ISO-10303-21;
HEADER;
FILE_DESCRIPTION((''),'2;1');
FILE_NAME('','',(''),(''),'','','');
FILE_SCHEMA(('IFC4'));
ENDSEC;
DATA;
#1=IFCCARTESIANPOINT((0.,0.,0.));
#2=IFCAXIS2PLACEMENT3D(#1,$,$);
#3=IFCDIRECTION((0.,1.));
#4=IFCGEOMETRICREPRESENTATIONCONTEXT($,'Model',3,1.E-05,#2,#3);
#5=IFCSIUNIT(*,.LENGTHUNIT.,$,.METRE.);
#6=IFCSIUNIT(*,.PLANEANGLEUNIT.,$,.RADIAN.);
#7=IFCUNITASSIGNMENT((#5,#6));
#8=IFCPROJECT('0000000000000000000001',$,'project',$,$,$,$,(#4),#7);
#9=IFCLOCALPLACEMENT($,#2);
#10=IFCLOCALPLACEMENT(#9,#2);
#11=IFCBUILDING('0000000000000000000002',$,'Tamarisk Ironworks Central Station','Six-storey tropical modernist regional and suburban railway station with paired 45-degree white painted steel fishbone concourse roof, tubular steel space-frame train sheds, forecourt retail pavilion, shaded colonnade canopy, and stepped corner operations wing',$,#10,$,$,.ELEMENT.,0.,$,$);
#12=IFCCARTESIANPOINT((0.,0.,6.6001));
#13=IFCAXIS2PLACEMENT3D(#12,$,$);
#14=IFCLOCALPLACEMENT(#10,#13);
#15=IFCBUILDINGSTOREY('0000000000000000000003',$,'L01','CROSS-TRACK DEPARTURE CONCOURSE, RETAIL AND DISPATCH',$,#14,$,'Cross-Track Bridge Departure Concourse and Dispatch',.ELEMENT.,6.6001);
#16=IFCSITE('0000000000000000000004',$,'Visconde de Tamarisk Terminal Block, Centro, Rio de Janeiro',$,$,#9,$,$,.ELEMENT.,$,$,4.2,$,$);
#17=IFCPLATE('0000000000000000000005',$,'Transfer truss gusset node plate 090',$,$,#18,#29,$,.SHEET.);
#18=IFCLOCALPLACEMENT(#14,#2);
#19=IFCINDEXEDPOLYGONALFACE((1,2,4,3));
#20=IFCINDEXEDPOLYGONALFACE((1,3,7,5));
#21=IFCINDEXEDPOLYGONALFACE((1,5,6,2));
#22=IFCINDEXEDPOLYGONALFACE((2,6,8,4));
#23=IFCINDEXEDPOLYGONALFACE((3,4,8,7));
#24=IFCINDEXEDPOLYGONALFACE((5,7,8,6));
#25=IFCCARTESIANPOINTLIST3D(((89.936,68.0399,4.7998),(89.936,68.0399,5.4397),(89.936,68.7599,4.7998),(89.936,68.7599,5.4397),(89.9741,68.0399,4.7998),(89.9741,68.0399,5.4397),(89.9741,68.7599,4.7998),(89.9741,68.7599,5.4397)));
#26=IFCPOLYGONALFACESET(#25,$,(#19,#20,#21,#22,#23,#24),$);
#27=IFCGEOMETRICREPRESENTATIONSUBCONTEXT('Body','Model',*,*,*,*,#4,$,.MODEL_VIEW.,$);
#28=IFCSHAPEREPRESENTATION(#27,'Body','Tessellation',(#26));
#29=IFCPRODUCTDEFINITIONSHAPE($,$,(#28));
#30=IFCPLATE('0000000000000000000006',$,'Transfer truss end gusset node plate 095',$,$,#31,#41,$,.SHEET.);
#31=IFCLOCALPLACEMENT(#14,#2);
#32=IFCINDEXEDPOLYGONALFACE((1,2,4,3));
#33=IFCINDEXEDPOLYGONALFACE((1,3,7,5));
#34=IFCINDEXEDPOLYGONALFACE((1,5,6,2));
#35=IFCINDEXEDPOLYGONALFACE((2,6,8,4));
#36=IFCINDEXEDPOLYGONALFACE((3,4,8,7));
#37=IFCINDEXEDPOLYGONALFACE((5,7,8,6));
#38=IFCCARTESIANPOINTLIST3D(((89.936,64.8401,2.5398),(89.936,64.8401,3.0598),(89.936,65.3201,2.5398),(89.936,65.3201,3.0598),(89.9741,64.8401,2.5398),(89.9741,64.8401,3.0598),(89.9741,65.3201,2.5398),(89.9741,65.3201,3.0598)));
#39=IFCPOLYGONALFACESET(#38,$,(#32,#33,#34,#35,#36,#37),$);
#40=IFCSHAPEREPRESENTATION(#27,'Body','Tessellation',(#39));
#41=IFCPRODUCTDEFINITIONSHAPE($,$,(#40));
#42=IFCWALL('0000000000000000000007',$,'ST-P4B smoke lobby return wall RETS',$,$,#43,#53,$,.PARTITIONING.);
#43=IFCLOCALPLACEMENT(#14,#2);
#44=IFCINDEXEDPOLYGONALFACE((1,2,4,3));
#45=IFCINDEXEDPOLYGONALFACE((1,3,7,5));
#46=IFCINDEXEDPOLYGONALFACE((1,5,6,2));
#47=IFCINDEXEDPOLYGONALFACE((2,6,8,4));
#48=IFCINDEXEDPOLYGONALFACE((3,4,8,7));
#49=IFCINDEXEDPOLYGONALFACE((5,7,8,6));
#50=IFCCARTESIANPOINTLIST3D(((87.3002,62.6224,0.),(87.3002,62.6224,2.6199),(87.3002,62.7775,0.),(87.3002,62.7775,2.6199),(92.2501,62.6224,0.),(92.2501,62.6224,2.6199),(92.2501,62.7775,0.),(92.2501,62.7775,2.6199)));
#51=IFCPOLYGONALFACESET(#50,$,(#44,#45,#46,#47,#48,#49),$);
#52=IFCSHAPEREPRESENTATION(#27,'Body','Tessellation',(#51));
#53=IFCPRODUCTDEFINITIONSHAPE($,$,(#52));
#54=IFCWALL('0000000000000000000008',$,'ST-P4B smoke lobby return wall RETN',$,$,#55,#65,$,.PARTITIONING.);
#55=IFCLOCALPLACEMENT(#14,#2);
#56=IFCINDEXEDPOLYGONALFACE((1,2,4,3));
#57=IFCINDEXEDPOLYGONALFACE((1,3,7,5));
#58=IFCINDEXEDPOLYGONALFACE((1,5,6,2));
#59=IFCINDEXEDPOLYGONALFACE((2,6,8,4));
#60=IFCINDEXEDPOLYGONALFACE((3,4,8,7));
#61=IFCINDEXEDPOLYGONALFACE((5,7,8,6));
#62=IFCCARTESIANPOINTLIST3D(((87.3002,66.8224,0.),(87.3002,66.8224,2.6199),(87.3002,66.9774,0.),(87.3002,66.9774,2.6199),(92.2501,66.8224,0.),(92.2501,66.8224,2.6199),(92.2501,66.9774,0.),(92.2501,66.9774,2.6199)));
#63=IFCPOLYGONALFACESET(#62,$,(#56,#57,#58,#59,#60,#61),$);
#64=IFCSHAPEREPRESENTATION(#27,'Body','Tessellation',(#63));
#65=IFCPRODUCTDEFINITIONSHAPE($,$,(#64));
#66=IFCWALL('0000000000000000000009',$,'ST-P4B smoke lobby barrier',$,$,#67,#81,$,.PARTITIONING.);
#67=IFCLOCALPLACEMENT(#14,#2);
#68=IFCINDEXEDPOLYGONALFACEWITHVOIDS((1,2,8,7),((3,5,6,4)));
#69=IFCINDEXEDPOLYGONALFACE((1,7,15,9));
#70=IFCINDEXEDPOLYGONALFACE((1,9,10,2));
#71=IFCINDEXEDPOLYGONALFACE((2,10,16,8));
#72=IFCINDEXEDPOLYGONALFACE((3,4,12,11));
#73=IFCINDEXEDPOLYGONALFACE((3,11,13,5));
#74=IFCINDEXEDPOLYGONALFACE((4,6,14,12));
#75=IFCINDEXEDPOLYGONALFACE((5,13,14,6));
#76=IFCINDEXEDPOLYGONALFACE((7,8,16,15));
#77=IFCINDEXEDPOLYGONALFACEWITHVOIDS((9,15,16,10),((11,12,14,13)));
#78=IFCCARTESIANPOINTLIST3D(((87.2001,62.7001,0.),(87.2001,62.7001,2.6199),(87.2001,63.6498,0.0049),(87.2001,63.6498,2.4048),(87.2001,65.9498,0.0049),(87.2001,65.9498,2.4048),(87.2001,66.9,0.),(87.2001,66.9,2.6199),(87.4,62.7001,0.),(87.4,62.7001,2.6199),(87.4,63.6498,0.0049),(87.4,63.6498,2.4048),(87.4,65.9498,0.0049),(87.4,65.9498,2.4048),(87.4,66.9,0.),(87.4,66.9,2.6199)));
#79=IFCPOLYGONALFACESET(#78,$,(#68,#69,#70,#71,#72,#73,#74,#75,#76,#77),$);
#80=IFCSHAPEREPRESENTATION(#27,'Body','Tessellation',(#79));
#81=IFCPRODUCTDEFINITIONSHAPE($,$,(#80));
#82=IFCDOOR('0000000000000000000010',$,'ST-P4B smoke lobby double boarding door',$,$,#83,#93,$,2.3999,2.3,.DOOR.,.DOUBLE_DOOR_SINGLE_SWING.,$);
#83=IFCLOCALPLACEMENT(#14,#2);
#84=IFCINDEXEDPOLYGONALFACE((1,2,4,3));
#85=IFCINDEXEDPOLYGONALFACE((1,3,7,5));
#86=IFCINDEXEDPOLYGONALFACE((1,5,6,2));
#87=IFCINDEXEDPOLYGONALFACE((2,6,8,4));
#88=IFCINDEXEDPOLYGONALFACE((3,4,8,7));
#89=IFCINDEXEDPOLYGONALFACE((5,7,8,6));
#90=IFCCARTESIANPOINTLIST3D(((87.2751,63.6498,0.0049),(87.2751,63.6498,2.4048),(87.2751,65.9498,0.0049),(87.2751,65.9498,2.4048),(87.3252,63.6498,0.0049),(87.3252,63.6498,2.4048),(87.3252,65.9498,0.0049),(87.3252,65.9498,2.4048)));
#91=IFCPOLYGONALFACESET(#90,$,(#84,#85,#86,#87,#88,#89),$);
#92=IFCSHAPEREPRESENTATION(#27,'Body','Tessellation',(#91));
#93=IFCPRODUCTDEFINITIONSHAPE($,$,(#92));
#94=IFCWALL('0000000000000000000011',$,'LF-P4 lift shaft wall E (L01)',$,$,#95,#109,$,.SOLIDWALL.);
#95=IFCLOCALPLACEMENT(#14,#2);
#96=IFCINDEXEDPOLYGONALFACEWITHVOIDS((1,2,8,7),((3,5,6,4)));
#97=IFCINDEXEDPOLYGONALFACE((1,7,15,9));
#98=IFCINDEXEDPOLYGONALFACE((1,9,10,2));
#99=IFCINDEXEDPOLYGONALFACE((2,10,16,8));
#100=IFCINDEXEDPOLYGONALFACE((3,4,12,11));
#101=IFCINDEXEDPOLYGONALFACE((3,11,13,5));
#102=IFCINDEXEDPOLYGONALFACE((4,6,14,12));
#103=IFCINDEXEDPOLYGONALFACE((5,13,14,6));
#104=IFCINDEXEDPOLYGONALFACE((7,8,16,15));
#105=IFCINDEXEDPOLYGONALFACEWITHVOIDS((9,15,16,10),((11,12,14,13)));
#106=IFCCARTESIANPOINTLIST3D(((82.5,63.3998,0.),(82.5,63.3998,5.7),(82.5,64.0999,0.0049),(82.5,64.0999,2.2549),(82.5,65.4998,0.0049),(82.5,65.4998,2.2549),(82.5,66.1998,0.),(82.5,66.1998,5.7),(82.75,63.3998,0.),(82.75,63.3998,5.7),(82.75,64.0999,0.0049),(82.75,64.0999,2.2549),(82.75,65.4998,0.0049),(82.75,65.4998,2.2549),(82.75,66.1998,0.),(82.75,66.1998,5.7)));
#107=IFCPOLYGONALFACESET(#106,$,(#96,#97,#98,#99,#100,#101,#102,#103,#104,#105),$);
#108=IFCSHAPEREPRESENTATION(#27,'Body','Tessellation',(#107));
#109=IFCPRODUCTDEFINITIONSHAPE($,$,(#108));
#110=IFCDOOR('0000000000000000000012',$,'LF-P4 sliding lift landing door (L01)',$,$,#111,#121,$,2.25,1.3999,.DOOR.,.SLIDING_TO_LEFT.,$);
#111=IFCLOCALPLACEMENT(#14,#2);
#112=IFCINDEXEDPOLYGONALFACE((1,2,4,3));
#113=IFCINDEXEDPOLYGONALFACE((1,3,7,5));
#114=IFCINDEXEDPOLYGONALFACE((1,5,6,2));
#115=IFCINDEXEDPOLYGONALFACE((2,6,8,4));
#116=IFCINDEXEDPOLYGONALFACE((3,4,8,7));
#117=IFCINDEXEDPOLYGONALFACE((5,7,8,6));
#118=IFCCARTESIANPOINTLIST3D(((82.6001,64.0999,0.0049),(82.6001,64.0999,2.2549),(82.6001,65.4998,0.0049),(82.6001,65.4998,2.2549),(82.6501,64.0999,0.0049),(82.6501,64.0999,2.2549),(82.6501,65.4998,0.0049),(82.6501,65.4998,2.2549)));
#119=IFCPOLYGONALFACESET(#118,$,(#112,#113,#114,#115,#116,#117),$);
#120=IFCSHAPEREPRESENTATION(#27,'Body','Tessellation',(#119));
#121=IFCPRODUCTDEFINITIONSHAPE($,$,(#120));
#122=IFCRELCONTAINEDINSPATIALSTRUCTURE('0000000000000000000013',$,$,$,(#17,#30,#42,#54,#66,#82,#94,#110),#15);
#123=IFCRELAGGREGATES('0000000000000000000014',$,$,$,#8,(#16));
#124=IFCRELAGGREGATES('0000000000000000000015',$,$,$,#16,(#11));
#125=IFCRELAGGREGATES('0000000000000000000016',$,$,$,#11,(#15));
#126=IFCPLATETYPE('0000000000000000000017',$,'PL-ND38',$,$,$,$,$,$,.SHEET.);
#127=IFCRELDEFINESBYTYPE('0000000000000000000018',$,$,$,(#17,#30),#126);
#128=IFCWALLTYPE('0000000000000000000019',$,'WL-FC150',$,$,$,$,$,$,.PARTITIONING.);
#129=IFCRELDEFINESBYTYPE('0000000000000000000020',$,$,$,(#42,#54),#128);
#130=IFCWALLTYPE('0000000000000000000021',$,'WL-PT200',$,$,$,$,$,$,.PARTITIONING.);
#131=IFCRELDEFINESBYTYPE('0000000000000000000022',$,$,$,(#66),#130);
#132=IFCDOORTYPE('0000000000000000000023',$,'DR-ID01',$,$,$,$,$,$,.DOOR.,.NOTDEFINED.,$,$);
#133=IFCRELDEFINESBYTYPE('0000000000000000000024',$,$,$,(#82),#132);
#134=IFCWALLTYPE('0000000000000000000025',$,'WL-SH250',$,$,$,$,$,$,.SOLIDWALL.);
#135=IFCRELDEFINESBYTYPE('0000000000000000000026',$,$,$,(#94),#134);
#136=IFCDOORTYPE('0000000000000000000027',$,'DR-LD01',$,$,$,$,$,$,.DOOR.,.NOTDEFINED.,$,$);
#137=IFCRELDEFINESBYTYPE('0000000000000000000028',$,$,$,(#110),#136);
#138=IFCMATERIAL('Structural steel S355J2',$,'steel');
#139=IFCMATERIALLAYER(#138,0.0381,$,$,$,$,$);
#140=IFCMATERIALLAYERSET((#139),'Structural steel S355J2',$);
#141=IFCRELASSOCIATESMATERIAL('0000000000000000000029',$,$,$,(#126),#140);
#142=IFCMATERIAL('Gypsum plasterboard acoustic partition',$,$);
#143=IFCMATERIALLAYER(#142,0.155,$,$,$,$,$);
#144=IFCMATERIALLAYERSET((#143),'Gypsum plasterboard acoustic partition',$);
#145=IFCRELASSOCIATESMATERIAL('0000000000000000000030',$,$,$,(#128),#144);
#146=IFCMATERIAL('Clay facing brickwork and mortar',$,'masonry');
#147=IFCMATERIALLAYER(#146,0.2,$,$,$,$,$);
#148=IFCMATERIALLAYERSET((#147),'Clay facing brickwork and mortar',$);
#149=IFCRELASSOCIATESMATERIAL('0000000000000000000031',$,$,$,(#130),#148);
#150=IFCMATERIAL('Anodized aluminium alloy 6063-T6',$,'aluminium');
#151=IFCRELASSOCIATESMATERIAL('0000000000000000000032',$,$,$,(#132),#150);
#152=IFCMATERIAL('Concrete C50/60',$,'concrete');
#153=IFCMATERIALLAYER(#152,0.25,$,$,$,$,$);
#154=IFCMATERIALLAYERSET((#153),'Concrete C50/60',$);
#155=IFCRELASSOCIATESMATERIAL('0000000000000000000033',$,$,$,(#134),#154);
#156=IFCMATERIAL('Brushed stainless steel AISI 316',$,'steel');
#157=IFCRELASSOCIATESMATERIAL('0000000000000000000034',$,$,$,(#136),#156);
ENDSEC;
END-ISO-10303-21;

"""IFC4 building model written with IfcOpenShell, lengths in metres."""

from ifc_helpers import new_model, si_unit, direction, frame, frame_2d, origin, origin_2d, place, context, subcontext, project, spatial, rectangle, extrude, material, layer, layer_set, type_object, element, fill, save


model = new_model("IFC4")

# Units and contexts
model_context = context("Model", 3, precision=1e-05, world=origin(), true_north=direction((0.0, 1.0)))
body_context = subcontext(model_context, "Body", "Model", "MODEL_VIEW")
ifc_project = project(units=[si_unit("LENGTHUNIT", "METRE"), si_unit("PLANEANGLEUNIT", "RADIAN")], contexts=[model_context])

# Site, building, storey
site_placement = place(None, origin())
site = spatial("IfcSite", under=ifc_project, at=site_placement, Name="Visconde de Tamarisk Terminal Block, Centro, Rio de Janeiro", CompositionType="ELEMENT", RefElevation=4.2)
building_placement = place(site_placement, origin())
building = spatial("IfcBuilding", under=site, at=building_placement, Name="Tamarisk Ironworks Central Station", Description="Six-storey tropical modernist regional and suburban railway station with paired 45-degree white painted steel fishbone concourse roof, tubular steel space-frame train sheds, forecourt retail pavilion, shaded colonnade canopy, and stepped corner operations wing", CompositionType="ELEMENT", ElevationOfRefHeight=0.0)
storey_placement = place(building_placement, frame((0.0, 0.0, 6.6001)))
storey = spatial("IfcBuildingStorey", under=building, at=storey_placement, Name="L01", Description="CROSS-TRACK DEPARTURE CONCOURSE, RETAIL AND DISPATCH", LongName="Cross-Track Bridge Departure Concourse and Dispatch", CompositionType="ELEMENT", Elevation=6.6001)

# Shared definitions
ifc_material_1 = material(Name="Structural steel S355J2", Category="steel")

# Plates
ifc_layer_1 = layer(ifc_material_1, 0.0381)
ifc_layer_set_1 = layer_set([ifc_layer_1], Name="Structural steel S355J2")
plate_type_1 = type_object("IfcPlateType", Name="PL-ND38", PredefinedType="SHEET", material=ifc_layer_set_1)
for number, where, z_axis, x_axis, name in (
    (1, (89.9551, 68.3999, 4.7998), (0.0, 0.0, 1.0), (1.0, 0.0, 0.0), "Transfer truss gusset node plate 090"),
):
    element("IfcPlate", number, at=place(storey_placement, frame(where, z_axis=z_axis, x_axis=x_axis)), inside=storey, type_object=plate_type_1, Name=name, PredefinedType="SHEET", context=body_context, shape_type="SweptSolid", body=[
        extrude(rectangle(XDim=0.0381, YDim=0.72, at=origin_2d()), origin(), (0.0, 0.0, 1.0), 0.6399),
    ])
plate_1_placement = place(storey_placement, frame((89.9551, 65.0801, 2.5398), z_axis=(0.0, 0.0, 1.0), x_axis=(1.0, 0.0, 0.0)))
element("IfcPlate", 2, at=plate_1_placement, inside=storey, type_object=plate_type_1, Name="Transfer truss end gusset node plate 095", PredefinedType="SHEET", context=body_context, shape_type="SweptSolid", body=[
    extrude(rectangle(XDim=0.0381, YDim=0.48, at=origin_2d()), origin(), (0.0, 0.0, 1.0), 0.52),
])

# Walls
ifc_material_2 = material(Name="Gypsum plasterboard acoustic partition")
ifc_layer_2 = layer(ifc_material_2, 0.155)
ifc_layer_set_2 = layer_set([ifc_layer_2], Name="Gypsum plasterboard acoustic partition")
wall_type_1 = type_object("IfcWallType", Name="WL-FC150", PredefinedType="PARTITIONING", material=ifc_layer_set_2)
for number, where, z_axis, x_axis, name in (
    (3, (87.3, 62.7, 0.0), (0.0, 0.0, 1.0), (1.0, 0.0, 0.0), "ST-P4B smoke lobby return wall RETS"),
    (4, (87.3, 66.8999, 0.0), (0.0, 0.0, 1.0), (1.0, 0.0, 0.0), "ST-P4B smoke lobby return wall RETN"),
):
    element("IfcWall", number, at=place(storey_placement, frame(where, z_axis=z_axis, x_axis=x_axis)), inside=storey, type_object=wall_type_1, Name=name, PredefinedType="PARTITIONING", context=body_context, shape_type="SweptSolid", body=[
        extrude(rectangle(XDim=4.95, YDim=0.155, at=frame_2d((2.4751, 0.0))), origin(), (0.0, 0.0, 1.0), 2.6199),
    ])

# Walls, openings, doors
ifc_material_3 = material(Name="Clay facing brickwork and mortar", Category="masonry")
ifc_layer_3 = layer(ifc_material_3, 0.2)
ifc_layer_set_3 = layer_set([ifc_layer_3], Name="Clay facing brickwork and mortar")
wall_type_2 = type_object("IfcWallType", Name="WL-PT200", PredefinedType="PARTITIONING", material=ifc_layer_set_3)
wall_1_placement = place(storey_placement, frame((87.3, 62.7, 0.0), z_axis=(0.0, 0.0, 1.0), x_axis=(0.0, 1.0, 0.0)))
wall_1 = element("IfcWall", 5, at=wall_1_placement, inside=storey, type_object=wall_type_2, Name="ST-P4B smoke lobby barrier", PredefinedType="PARTITIONING", context=body_context, shape_type="SweptSolid", body=[
    extrude(rectangle(XDim=4.2, YDim=0.2, at=frame_2d((2.1001, 0.0))), origin(), (0.0, 0.0, 1.0), 2.6199),
])
opening_1_placement = place(wall_1_placement, frame((0.95, 0.0, 0.0049)))
opening_1 = element("IfcOpeningElement", 6, at=opening_1_placement, cuts=wall_1, PredefinedType="OPENING", context=body_context, shape_type="SweptSolid", body=[
    extrude(rectangle(XDim=2.3, YDim=2.3999, at=frame_2d((1.1499, 1.2))), frame((0.0, 0.1118, 0.0), z_axis=(0.0, -1.0, 0.0), x_axis=(1.0, 0.0, 0.0)), (0.0, 0.0, 1.0), 0.2239),
])
ifc_material_4 = material(Name="Anodized aluminium alloy 6063-T6", Category="aluminium")
door_type_1 = type_object("IfcDoorType", Name="DR-ID01", OperationType="NOTDEFINED", PredefinedType="DOOR", material=ifc_material_4)
door_1_placement = place(opening_1_placement, origin())
door_1 = element("IfcDoor", 7, at=door_1_placement, inside=storey, type_object=door_type_1, Name="ST-P4B smoke lobby double boarding door", OperationType="DOUBLE_DOOR_SINGLE_SWING", OverallHeight=2.3999, OverallWidth=2.3, PredefinedType="DOOR", context=body_context, shape_type="SweptSolid", body=[
    extrude(rectangle(XDim=2.3, YDim=2.3999, at=frame_2d((1.1499, 1.2))), frame((0.0, 0.0249, 0.0), z_axis=(0.0, -1.0, 0.0), x_axis=(1.0, 0.0, 0.0)), (0.0, 0.0, 1.0), 0.05),
])
fill(opening_1, door_1)
ifc_material_5 = material(Name="Concrete C50/60", Category="concrete")
ifc_layer_4 = layer(ifc_material_5, 0.25)
ifc_layer_set_4 = layer_set([ifc_layer_4], Name="Concrete C50/60")
wall_type_3 = type_object("IfcWallType", Name="WL-SH250", PredefinedType="SOLIDWALL", material=ifc_layer_set_4)
wall_2_placement = place(storey_placement, frame((82.625, 63.3999, 0.0), z_axis=(0.0, 0.0, 1.0), x_axis=(0.0, 1.0, 0.0)))
wall_2 = element("IfcWall", 8, at=wall_2_placement, inside=storey, type_object=wall_type_3, Name="LF-P4 lift shaft wall E (L01)", PredefinedType="SOLIDWALL", context=body_context, shape_type="SweptSolid", body=[
    extrude(rectangle(XDim=2.8, YDim=0.25, at=frame_2d((1.3999, 0.0))), origin(), (0.0, 0.0, 1.0), 5.7),
])
opening_2_placement = place(wall_2_placement, frame((0.7, 0.0, 0.0049)))
opening_2 = element("IfcOpeningElement", 9, at=opening_2_placement, cuts=wall_2, PredefinedType="OPENING", context=body_context, shape_type="SweptSolid", body=[
    extrude(rectangle(XDim=1.3999, YDim=2.25, at=frame_2d((0.7, 1.125))), frame((0.0, 0.137, 0.0), z_axis=(0.0, -1.0, 0.0), x_axis=(1.0, 0.0, 0.0)), (0.0, 0.0, 1.0), 0.2739),
])
ifc_material_6 = material(Name="Brushed stainless steel AISI 316", Category="steel")
door_type_2 = type_object("IfcDoorType", Name="DR-LD01", OperationType="NOTDEFINED", PredefinedType="DOOR", material=ifc_material_6)
door_2_placement = place(opening_2_placement, origin())
door_2 = element("IfcDoor", 10, at=door_2_placement, inside=storey, type_object=door_type_2, Name="LF-P4 sliding lift landing door (L01)", OperationType="SLIDING_TO_LEFT", OverallHeight=2.25, OverallWidth=1.3999, PredefinedType="DOOR", context=body_context, shape_type="SweptSolid", body=[
    extrude(rectangle(XDim=1.3999, YDim=2.25, at=frame_2d((0.7, 1.125))), frame((0.0, 0.0249, 0.0), z_axis=(0.0, -1.0, 0.0), x_axis=(1.0, 0.0, 0.0)), (0.0, 0.0, 1.0), 0.05),
])
fill(opening_2, door_2)

save(model, "model.ifc")
